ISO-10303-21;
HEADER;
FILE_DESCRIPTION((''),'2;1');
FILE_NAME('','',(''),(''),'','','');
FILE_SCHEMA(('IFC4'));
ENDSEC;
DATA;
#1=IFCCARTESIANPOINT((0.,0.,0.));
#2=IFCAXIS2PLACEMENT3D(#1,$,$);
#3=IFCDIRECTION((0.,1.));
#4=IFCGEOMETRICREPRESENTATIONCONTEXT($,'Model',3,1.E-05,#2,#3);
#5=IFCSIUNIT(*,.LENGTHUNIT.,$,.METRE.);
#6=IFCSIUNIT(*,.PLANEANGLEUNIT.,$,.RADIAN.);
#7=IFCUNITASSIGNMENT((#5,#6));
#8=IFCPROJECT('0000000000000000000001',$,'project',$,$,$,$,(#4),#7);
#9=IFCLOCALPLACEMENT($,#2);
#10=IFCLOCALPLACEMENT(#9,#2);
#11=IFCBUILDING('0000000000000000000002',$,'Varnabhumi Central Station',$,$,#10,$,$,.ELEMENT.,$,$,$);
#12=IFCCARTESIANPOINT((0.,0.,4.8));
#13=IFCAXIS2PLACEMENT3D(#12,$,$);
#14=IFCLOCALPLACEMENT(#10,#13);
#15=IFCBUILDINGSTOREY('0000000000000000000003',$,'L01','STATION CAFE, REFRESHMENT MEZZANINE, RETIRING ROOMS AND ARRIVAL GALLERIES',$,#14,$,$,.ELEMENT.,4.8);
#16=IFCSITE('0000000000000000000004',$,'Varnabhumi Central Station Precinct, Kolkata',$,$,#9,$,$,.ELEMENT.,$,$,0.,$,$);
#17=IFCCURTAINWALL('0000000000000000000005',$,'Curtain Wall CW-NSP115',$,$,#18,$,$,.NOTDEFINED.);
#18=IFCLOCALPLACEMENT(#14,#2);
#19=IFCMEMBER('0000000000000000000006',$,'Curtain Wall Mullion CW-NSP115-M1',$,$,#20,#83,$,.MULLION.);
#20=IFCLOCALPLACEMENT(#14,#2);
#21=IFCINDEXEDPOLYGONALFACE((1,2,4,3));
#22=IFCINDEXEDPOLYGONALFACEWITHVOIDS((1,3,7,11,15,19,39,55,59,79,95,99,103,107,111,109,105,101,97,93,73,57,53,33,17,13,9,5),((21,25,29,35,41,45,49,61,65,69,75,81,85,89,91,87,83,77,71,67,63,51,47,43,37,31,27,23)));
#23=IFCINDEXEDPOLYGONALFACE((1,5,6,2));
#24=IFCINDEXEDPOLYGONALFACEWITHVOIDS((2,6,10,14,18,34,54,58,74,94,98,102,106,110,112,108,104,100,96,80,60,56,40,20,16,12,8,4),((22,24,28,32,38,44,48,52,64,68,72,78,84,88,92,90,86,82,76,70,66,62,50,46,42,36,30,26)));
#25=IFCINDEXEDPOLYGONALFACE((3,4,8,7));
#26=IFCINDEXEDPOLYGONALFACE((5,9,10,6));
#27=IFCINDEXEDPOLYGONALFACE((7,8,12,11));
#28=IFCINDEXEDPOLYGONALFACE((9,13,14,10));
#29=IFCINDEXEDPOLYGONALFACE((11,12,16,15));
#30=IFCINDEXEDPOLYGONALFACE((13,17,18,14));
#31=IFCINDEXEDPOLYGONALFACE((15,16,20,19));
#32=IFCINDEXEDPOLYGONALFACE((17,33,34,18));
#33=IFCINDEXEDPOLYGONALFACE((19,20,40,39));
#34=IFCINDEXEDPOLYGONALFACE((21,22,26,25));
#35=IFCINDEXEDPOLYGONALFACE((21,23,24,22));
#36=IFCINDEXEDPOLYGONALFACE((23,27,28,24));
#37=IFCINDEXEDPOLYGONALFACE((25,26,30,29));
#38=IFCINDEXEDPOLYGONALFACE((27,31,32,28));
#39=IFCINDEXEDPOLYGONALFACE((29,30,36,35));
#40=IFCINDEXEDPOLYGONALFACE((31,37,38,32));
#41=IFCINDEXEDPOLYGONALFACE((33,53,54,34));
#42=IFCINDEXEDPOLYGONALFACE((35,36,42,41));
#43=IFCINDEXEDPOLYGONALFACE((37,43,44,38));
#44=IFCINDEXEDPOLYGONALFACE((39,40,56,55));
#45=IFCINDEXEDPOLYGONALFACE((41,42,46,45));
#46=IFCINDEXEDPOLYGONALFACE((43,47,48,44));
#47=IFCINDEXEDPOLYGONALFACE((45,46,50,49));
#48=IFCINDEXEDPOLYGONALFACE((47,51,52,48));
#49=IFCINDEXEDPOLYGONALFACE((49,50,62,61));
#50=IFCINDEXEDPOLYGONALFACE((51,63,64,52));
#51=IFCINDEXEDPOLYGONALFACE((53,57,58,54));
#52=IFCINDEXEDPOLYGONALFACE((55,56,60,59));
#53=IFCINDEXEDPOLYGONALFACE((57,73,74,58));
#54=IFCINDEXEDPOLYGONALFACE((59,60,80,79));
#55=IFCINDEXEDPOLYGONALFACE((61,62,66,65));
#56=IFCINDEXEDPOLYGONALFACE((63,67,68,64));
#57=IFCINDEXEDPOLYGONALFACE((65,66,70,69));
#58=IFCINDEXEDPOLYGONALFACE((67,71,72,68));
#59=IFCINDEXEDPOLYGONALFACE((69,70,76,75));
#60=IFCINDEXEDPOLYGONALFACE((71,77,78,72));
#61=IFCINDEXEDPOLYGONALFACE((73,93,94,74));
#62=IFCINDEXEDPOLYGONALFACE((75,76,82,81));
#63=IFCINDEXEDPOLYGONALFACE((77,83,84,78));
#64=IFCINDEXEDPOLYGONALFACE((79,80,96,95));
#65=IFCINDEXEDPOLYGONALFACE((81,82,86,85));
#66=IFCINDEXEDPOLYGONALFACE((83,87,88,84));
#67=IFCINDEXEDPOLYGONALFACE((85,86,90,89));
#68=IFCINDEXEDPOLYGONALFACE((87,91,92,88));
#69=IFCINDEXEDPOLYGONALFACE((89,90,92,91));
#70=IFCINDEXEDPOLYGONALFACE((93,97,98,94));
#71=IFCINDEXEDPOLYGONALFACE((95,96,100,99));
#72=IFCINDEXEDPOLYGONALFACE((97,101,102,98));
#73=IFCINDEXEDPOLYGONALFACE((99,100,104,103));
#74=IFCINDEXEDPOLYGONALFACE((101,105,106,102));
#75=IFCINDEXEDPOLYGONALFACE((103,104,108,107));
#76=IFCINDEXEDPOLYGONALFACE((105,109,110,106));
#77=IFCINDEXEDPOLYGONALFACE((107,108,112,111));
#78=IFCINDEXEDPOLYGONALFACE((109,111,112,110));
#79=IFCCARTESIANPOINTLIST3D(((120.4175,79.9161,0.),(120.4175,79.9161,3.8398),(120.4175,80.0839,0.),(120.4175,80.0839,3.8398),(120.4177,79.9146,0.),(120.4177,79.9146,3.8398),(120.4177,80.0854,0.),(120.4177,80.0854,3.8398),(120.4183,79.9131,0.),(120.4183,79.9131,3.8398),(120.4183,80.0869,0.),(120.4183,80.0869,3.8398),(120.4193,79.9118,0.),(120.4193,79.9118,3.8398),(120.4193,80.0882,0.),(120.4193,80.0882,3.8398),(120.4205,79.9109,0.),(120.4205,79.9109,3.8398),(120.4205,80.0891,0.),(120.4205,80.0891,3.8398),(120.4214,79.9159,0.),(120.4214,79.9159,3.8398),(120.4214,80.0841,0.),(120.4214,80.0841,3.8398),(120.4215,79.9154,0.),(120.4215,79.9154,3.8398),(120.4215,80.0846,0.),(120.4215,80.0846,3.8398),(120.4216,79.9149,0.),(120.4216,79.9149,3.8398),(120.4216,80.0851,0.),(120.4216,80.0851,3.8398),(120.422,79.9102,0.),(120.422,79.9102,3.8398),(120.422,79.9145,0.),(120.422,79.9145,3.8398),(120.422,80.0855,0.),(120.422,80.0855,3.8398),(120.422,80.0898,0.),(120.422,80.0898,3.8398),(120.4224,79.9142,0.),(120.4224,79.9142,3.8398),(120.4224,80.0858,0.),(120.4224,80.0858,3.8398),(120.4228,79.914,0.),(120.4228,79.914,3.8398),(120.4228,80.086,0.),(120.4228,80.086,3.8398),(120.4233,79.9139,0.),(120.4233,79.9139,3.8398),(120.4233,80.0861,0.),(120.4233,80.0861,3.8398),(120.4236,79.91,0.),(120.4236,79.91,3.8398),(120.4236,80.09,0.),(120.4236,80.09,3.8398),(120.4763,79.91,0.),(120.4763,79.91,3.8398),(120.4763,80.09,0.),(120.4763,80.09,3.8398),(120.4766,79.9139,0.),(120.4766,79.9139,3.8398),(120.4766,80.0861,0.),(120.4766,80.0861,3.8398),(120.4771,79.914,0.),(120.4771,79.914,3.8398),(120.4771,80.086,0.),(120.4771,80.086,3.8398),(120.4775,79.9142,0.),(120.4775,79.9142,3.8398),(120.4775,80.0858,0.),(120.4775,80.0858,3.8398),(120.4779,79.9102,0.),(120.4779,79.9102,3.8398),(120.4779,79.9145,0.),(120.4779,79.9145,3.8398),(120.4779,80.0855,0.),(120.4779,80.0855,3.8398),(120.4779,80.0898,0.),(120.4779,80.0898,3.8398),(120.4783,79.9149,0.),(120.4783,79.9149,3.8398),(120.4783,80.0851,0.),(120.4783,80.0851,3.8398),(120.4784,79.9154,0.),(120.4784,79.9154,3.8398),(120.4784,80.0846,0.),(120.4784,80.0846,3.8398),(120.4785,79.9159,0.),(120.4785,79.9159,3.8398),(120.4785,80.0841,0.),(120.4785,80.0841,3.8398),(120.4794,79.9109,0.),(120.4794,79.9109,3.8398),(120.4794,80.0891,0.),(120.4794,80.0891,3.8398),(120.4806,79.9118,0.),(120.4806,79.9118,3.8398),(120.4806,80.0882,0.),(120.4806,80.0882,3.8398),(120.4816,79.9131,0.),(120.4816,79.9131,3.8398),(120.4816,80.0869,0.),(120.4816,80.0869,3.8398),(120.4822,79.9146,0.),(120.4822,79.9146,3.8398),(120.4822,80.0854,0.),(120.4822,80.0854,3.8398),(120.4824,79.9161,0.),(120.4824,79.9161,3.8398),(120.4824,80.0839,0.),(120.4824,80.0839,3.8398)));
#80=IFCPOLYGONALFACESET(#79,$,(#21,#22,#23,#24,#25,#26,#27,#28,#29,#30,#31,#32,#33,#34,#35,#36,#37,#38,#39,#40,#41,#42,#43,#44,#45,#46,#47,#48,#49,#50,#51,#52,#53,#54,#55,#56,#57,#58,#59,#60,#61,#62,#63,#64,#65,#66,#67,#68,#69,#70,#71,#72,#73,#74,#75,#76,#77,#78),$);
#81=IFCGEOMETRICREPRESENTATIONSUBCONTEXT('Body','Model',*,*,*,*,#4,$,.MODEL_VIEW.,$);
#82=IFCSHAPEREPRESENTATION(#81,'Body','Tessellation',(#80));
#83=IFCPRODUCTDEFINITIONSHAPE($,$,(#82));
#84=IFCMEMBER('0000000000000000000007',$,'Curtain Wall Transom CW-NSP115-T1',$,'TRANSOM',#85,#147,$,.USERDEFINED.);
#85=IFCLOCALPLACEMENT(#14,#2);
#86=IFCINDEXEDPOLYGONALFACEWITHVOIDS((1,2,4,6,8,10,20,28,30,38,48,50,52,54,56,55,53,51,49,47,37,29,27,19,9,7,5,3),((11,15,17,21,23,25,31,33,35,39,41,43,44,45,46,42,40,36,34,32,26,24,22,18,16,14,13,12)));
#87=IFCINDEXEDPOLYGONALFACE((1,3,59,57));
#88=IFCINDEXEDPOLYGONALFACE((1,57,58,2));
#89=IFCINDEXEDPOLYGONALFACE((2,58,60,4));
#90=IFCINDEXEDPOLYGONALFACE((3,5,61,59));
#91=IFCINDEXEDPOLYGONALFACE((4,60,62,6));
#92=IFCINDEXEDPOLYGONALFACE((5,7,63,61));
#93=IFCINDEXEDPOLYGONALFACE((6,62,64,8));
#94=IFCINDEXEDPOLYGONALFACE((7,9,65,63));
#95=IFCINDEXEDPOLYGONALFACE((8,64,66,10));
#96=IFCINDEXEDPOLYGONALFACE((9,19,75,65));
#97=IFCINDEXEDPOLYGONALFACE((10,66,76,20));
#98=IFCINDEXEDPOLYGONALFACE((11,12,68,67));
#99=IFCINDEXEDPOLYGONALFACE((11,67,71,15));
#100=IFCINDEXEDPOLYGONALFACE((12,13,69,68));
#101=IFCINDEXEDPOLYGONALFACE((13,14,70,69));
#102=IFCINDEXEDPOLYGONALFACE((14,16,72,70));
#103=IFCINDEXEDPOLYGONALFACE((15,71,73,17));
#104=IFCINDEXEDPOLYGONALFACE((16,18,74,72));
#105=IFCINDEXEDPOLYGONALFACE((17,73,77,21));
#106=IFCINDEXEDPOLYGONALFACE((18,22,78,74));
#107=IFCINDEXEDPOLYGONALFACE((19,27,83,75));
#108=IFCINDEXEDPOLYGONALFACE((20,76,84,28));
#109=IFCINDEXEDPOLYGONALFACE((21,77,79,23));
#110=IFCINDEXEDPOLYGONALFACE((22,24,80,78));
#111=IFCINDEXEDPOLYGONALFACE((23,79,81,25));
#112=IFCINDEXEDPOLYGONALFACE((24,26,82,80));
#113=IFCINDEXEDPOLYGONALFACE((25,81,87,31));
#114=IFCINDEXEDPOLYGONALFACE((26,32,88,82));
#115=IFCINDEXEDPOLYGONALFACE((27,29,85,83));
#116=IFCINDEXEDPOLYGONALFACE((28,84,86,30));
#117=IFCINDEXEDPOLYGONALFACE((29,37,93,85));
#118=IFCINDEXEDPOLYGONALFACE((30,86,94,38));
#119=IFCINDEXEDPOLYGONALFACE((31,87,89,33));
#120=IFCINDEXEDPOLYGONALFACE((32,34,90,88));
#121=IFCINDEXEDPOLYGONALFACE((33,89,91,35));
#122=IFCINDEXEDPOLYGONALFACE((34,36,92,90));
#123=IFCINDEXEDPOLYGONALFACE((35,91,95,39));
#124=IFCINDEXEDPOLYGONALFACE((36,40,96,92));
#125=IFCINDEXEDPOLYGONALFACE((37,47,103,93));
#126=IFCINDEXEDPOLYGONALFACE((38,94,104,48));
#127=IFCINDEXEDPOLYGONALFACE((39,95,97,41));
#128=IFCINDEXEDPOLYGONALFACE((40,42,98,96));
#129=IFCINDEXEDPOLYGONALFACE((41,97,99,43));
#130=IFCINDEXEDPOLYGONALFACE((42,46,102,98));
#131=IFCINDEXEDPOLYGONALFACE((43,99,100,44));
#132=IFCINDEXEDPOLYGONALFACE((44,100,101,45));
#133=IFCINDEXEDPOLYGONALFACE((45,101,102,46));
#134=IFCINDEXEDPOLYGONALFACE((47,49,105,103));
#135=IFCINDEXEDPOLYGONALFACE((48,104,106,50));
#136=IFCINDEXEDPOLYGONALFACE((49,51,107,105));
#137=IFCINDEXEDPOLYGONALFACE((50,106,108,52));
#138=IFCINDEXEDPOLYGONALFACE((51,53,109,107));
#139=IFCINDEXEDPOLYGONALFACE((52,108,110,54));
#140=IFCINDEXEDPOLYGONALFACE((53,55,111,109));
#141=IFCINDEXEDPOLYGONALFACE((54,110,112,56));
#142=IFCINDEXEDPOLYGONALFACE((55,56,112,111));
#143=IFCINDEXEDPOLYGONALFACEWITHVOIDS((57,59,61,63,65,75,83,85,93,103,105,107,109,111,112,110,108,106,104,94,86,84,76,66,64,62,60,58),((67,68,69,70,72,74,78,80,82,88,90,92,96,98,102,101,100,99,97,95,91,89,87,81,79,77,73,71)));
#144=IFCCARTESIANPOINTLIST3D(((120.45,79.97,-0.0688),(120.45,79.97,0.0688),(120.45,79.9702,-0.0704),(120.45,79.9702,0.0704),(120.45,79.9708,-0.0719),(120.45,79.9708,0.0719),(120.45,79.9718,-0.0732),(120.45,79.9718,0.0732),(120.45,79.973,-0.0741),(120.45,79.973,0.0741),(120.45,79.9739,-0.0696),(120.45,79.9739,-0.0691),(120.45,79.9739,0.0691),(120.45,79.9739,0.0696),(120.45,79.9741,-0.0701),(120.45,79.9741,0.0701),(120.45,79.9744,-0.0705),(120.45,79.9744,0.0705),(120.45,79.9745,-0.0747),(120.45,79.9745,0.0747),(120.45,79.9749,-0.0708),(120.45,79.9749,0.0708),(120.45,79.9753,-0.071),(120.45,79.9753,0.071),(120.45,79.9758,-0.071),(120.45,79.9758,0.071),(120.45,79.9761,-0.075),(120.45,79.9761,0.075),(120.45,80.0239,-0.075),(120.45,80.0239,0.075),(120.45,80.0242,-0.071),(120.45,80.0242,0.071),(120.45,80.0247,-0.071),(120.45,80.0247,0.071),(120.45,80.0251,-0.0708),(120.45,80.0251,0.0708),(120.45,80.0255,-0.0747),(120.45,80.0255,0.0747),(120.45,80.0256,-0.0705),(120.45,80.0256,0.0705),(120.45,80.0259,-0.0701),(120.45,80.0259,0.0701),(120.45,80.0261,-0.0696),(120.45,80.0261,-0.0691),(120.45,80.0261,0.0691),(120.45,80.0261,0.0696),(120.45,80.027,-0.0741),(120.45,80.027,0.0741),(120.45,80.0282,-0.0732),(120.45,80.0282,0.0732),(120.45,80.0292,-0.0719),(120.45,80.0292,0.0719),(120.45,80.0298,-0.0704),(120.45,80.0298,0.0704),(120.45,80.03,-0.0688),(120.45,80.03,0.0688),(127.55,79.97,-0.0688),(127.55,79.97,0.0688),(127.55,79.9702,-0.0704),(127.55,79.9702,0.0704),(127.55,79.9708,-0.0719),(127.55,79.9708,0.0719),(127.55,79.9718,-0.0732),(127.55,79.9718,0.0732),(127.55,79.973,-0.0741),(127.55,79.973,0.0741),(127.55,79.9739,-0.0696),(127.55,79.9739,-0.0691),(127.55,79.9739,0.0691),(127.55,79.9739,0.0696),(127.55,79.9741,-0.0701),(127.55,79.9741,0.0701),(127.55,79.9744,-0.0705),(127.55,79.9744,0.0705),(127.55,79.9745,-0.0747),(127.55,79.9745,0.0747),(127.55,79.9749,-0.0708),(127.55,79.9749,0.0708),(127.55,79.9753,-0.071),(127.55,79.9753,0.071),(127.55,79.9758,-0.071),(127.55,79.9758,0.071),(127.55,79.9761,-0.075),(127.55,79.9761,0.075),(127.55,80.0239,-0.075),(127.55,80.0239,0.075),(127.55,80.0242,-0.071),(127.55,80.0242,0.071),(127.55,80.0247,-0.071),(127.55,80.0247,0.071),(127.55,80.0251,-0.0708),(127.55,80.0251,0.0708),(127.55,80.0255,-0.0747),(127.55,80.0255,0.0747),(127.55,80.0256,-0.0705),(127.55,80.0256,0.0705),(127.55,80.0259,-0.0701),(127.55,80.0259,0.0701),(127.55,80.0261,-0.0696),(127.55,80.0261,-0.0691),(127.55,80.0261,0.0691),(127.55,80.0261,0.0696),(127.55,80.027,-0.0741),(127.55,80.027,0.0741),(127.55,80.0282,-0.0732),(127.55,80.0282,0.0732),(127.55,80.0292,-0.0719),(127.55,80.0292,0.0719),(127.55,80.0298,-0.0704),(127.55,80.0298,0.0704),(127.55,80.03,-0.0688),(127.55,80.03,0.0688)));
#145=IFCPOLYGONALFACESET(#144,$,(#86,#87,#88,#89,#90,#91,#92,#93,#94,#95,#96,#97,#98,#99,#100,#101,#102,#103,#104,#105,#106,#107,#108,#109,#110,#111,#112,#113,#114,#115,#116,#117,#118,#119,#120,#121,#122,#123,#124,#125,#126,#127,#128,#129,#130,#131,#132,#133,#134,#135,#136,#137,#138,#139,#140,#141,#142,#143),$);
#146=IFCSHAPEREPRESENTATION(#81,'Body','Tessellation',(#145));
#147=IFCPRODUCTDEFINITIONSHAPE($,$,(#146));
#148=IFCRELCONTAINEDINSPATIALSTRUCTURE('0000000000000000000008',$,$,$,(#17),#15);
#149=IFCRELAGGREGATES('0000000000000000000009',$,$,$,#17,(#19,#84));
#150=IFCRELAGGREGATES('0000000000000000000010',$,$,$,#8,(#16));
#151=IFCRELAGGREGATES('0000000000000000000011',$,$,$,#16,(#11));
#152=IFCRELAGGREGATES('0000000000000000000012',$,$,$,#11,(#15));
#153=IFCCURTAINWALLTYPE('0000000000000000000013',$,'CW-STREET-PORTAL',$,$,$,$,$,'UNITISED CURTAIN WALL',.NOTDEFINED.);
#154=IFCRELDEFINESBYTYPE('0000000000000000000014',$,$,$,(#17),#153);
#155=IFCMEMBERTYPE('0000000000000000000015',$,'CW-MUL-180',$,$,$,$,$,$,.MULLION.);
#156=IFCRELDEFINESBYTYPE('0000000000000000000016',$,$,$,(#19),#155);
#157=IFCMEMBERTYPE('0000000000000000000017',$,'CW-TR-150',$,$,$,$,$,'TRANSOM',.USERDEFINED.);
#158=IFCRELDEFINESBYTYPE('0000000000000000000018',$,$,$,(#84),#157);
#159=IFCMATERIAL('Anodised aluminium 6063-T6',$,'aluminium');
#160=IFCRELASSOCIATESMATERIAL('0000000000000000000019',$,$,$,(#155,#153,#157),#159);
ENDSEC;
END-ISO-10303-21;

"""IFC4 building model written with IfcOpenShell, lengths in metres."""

from ifc_helpers import new_model, si_unit, direction, frame, origin, origin_2d, place, context, subcontext, project, spatial, hollow_rectangle, extrude, material, material_profile, profile_set, type_object, element, aggregate, save


model = new_model("IFC4")

# Units and contexts
model_context = context("Model", 3, precision=1e-05, world=origin(), true_north=direction((0.0, 1.0)))
body_context = subcontext(model_context, "Body", "Model", "MODEL_VIEW")
ifc_project = project(units=[si_unit("LENGTHUNIT", "METRE"), si_unit("PLANEANGLEUNIT", "RADIAN")], contexts=[model_context])

# Site, building, storey
site_placement = place(None, origin())
site = spatial("IfcSite", under=ifc_project, at=site_placement, Name="Varnabhumi Central Station Precinct, Kolkata", CompositionType="ELEMENT", RefElevation=0.0)
building_placement = place(site_placement, origin())
building = spatial("IfcBuilding", under=site, at=building_placement, Name="Varnabhumi Central Station", CompositionType="ELEMENT")
storey_placement = place(building_placement, frame((0.0, 0.0, 4.8)))
storey = spatial("IfcBuildingStorey", under=building, at=storey_placement, Name="L01", Description="STATION CAFE, REFRESHMENT MEZZANINE, RETIRING ROOMS AND ARRIVAL GALLERIES", CompositionType="ELEMENT", Elevation=4.8)

# Shared definitions
ifc_material_1 = material(Name="Anodised aluminium 6063-T6", Category="aluminium")
ifc_material_profile_1 = material_profile(ifc_material_1, hollow_rectangle(XDim=0.0649, YDim=0.1799, WallThickness=0.0039, InnerFilletRadius=0.002, OuterFilletRadius=0.0061, at=origin_2d()), Name="Anodised aluminium 6063-T6", Category="aluminium")
ifc_profile_set_1 = profile_set([ifc_material_profile_1], Name="Anodised aluminium 6063-T6")
member_type_1 = type_object("IfcMemberType", Name="CW-MUL-180", PredefinedType="MULLION", material=ifc_profile_set_1)

# Curtain wall, members
curtain_wall_type_1 = type_object("IfcCurtainWallType", Name="CW-STREET-PORTAL", ElementType="UNITISED CURTAIN WALL", PredefinedType="NOTDEFINED", material=ifc_material_1)
curtain_wall_1_placement = place(storey_placement, origin())
curtain_wall_1 = element("IfcCurtainWall", 1, at=curtain_wall_1_placement, inside=storey, type_object=curtain_wall_type_1, Name="Curtain Wall CW-NSP115", PredefinedType="NOTDEFINED")
member_1_placement = place(storey_placement, frame((120.45, 80.0, 0.0), z_axis=(0.0, 0.0, 1.0), x_axis=(1.0, 0.0, 0.0)))
member_1 = element("IfcMember", 2, at=member_1_placement, type_object=member_type_1, Name="Curtain Wall Mullion CW-NSP115-M1", PredefinedType="MULLION", context=body_context, shape_type="SweptSolid", body=[
    extrude(hollow_rectangle(XDim=0.0649, YDim=0.1799, WallThickness=0.0039, InnerFilletRadius=0.002, OuterFilletRadius=0.0061, at=origin_2d()), origin(), (0.0, 0.0, 1.0), 3.8398),
])
ifc_material_profile_2 = material_profile(ifc_material_1, hollow_rectangle(XDim=0.0601, YDim=0.1499, WallThickness=0.0039, InnerFilletRadius=0.002, OuterFilletRadius=0.0061, at=origin_2d()), Name="Anodised aluminium 6063-T6", Category="aluminium")
ifc_profile_set_2 = profile_set([ifc_material_profile_2], Name="Anodised aluminium 6063-T6")
member_type_2 = type_object("IfcMemberType", Name="CW-TR-150", ElementType="TRANSOM", PredefinedType="USERDEFINED", material=ifc_profile_set_2)
member_2_placement = place(storey_placement, frame((120.45, 80.0, 0.0), z_axis=(1.0, 0.0, 0.0), x_axis=(0.0, 1.0, 0.0)))
member_2 = element("IfcMember", 3, at=member_2_placement, type_object=member_type_2, Name="Curtain Wall Transom CW-NSP115-T1", ObjectType="TRANSOM", PredefinedType="USERDEFINED", context=body_context, shape_type="SweptSolid", body=[
    extrude(hollow_rectangle(XDim=0.0601, YDim=0.1499, WallThickness=0.0039, InnerFilletRadius=0.002, OuterFilletRadius=0.0061, at=origin_2d()), origin(), (0.0, 0.0, 1.0), 7.1001),
])
aggregate(curtain_wall_1, [member_1, member_2])

save(model, "model.ifc")
